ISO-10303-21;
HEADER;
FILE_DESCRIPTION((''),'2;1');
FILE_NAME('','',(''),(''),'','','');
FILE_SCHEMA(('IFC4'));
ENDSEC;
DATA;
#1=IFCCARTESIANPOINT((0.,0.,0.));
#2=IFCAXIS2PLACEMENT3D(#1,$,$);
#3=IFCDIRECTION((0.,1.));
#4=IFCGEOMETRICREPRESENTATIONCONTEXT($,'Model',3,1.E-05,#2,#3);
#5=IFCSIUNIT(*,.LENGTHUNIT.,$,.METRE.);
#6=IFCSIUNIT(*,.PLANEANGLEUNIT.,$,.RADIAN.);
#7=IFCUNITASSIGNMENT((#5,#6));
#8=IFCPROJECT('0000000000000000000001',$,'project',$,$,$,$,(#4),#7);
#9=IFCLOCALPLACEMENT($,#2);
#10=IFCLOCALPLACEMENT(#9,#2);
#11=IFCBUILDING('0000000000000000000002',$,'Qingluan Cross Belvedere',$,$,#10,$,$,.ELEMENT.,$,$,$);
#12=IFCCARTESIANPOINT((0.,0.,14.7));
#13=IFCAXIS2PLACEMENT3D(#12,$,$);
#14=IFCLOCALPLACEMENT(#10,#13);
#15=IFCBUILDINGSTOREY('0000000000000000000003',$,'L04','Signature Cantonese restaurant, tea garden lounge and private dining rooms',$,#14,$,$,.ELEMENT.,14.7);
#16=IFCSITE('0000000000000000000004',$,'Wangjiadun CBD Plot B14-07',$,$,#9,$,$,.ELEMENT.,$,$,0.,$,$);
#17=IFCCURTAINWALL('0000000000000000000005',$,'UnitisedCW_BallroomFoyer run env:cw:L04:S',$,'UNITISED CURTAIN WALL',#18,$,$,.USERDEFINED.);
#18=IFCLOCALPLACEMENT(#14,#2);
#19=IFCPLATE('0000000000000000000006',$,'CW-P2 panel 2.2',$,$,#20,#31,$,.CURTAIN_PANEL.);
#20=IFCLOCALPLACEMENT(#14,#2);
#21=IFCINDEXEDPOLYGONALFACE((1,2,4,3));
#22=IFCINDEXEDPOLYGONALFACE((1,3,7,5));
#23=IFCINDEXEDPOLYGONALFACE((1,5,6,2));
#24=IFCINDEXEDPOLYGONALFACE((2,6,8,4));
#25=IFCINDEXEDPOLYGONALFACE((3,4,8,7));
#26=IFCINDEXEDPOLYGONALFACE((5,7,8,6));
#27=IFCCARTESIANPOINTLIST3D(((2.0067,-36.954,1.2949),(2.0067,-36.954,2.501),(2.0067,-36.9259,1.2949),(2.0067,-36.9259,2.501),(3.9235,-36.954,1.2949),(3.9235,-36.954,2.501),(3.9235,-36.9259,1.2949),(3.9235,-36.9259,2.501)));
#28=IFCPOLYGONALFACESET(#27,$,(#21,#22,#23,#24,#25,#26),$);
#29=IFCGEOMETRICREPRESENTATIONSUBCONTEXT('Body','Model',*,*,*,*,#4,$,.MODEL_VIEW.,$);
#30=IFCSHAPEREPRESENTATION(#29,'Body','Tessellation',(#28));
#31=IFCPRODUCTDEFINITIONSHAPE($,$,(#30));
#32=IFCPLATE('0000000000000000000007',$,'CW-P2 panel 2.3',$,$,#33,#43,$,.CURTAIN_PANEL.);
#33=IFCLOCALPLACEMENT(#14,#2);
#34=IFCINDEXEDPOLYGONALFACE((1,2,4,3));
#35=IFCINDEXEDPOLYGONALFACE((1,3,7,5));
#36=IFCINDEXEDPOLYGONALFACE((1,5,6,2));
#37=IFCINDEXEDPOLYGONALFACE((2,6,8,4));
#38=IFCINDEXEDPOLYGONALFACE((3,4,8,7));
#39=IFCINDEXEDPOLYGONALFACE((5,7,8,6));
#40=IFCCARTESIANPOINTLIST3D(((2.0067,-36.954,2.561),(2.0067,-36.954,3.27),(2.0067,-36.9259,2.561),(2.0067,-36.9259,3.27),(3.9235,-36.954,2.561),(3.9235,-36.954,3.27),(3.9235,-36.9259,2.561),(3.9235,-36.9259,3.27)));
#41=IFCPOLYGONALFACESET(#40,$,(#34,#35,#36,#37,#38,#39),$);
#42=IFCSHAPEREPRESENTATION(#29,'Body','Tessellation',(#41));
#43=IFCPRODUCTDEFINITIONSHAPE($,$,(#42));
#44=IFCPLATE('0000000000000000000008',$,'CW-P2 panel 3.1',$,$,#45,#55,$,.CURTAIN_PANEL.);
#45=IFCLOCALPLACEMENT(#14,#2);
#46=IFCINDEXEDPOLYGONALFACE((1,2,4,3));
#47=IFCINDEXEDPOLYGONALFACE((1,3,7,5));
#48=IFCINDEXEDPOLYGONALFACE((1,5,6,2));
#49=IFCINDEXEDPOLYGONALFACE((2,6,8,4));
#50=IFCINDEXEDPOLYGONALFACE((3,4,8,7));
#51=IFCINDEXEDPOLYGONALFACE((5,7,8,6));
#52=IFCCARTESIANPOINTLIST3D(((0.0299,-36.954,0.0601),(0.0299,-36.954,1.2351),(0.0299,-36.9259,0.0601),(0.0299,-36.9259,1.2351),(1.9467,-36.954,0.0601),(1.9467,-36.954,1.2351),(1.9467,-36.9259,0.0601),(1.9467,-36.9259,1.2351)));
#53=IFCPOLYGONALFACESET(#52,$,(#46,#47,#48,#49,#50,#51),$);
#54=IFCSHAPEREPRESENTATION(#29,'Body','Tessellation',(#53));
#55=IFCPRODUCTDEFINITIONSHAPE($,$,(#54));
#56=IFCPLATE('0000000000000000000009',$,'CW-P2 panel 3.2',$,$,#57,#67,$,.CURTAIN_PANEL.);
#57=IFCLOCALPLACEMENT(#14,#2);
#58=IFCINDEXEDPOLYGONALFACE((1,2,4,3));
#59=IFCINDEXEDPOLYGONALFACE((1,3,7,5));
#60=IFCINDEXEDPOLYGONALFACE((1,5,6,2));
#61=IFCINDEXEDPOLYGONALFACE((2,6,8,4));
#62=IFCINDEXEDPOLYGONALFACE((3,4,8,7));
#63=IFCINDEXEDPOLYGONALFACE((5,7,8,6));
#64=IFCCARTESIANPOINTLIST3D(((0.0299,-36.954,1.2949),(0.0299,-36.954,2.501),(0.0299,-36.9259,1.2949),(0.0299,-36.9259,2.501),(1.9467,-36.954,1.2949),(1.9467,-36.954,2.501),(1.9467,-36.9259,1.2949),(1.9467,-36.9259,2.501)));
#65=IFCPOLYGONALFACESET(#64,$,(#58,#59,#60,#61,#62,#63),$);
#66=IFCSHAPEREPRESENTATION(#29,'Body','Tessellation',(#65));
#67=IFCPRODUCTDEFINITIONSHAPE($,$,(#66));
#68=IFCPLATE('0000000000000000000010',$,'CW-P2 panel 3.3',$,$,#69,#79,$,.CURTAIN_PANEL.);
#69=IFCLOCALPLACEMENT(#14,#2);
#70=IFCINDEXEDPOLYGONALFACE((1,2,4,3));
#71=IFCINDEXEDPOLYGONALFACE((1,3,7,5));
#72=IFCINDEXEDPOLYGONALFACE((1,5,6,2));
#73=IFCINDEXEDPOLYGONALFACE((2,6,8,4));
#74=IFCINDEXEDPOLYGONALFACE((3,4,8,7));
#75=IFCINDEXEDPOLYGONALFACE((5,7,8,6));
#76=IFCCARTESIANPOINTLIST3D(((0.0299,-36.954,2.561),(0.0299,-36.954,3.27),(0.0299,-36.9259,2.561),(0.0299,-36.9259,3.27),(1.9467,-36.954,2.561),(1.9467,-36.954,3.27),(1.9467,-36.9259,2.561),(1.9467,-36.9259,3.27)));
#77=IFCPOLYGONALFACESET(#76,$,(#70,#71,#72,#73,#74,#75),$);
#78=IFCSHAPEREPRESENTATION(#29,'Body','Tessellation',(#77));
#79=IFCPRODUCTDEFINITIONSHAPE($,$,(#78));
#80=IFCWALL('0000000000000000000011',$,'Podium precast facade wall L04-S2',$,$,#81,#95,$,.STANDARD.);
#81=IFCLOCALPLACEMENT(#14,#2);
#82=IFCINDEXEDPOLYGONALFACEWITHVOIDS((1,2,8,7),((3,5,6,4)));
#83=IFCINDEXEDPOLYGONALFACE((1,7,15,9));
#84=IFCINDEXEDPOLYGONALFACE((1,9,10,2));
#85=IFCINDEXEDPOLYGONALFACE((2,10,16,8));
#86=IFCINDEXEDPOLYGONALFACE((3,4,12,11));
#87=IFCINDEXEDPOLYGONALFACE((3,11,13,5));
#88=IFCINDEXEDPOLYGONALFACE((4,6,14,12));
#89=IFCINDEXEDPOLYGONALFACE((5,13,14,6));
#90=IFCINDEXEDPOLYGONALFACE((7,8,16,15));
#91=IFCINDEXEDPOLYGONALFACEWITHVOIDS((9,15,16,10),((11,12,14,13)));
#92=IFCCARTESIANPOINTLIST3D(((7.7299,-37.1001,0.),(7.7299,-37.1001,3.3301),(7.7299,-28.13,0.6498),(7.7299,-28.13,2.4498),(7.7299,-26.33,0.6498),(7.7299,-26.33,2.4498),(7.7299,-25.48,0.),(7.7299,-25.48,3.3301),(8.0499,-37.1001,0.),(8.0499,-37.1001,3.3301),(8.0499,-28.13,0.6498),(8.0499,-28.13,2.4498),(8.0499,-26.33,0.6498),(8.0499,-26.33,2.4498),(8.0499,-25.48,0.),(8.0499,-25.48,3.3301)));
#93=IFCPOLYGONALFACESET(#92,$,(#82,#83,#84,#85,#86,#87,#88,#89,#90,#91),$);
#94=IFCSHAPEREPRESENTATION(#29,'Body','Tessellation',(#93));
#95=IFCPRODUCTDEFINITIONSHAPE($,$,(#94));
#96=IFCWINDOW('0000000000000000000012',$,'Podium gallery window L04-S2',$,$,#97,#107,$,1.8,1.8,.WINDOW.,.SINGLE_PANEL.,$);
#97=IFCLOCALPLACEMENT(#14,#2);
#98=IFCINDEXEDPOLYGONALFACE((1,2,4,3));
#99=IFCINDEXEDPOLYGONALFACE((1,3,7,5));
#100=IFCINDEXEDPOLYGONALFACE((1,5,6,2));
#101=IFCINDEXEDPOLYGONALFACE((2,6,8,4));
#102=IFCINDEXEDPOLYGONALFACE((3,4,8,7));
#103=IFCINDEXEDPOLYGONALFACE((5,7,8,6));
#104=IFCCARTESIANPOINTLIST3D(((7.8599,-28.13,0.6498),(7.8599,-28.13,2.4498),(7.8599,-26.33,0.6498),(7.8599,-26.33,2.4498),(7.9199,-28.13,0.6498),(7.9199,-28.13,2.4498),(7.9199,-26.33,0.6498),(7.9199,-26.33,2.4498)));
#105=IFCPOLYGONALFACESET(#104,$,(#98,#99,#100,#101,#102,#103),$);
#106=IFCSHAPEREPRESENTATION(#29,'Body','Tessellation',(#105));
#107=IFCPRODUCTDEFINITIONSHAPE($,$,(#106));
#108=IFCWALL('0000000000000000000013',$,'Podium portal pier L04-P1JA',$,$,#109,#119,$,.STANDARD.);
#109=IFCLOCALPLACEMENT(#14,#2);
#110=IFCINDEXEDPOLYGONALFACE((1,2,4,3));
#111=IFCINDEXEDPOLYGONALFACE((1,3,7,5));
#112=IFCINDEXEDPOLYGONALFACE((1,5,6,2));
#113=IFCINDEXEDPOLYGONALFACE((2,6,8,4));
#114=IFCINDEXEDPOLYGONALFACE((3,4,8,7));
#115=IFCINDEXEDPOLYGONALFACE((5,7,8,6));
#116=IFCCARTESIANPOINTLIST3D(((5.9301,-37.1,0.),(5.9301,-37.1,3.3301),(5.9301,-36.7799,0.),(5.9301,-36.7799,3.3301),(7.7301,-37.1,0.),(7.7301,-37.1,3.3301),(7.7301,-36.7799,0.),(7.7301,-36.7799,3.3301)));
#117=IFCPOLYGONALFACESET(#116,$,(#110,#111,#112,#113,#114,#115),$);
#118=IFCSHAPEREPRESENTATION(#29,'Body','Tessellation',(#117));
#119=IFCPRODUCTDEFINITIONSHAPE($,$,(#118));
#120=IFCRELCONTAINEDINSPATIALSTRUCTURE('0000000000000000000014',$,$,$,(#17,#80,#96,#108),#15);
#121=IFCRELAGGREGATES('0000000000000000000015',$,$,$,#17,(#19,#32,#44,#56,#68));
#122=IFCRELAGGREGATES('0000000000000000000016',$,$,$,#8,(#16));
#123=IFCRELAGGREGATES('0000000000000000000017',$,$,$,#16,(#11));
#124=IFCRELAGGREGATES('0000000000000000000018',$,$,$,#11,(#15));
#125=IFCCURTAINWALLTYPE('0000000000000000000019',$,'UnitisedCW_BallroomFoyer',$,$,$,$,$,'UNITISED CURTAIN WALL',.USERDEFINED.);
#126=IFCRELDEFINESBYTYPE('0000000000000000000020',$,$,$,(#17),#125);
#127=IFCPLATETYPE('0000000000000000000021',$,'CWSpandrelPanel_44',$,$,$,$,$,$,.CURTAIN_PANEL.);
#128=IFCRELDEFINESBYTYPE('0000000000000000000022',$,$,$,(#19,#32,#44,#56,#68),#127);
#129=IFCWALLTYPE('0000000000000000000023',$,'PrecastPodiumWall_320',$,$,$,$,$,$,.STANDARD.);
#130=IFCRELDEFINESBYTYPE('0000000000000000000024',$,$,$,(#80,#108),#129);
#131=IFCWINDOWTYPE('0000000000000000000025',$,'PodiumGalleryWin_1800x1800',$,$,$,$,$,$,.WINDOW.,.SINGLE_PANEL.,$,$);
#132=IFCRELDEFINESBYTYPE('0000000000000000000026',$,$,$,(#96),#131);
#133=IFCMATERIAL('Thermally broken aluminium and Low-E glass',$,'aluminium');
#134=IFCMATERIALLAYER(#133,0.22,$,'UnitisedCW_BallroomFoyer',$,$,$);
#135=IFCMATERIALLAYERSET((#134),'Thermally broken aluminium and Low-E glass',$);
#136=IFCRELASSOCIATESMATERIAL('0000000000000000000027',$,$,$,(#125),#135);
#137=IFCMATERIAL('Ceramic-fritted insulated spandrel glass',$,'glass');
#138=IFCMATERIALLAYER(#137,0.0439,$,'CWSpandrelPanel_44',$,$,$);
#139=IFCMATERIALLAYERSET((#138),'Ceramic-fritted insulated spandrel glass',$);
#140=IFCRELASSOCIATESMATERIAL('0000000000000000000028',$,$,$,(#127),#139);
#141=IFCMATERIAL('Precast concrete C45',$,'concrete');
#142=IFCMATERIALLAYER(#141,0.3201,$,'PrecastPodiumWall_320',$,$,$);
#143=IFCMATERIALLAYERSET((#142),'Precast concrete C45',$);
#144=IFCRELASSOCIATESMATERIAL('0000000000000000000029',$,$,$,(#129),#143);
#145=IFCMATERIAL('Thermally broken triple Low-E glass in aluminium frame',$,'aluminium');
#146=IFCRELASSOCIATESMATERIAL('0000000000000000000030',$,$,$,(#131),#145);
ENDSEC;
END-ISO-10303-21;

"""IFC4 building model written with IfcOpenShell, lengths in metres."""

from ifc_helpers import new_model, si_unit, direction, frame, frame_2d, origin, origin_2d, place, context, subcontext, project, spatial, rectangle, extrude, material, layer, layer_set, type_object, element, fill, aggregate, save


model = new_model("IFC4")

# Units and contexts
model_context = context("Model", 3, precision=1e-05, world=origin(), true_north=direction((0.0, 1.0)))
body_context = subcontext(model_context, "Body", "Model", "MODEL_VIEW")
ifc_project = project(units=[si_unit("LENGTHUNIT", "METRE"), si_unit("PLANEANGLEUNIT", "RADIAN")], contexts=[model_context])

# Site, building, storey
site_placement = place(None, origin())
site = spatial("IfcSite", under=ifc_project, at=site_placement, Name="Wangjiadun CBD Plot B14-07", CompositionType="ELEMENT", RefElevation=0.0)
building_placement = place(site_placement, origin())
building = spatial("IfcBuilding", under=site, at=building_placement, Name="Qingluan Cross Belvedere", CompositionType="ELEMENT")
storey_placement = place(building_placement, frame((0.0, 0.0, 14.7)))
storey = spatial("IfcBuildingStorey", under=building, at=storey_placement, Name="L04", Description="Signature Cantonese restaurant, tea garden lounge and private dining rooms", CompositionType="ELEMENT", Elevation=14.7)

# Curtain wall, plates
ifc_material_1 = material(Name="Thermally broken aluminium and Low-E glass", Category="aluminium")
ifc_layer_1 = layer(ifc_material_1, 0.22, Name="UnitisedCW_BallroomFoyer")
ifc_layer_set_1 = layer_set([ifc_layer_1], Name="Thermally broken aluminium and Low-E glass")
curtain_wall_type = type_object("IfcCurtainWallType", Name="UnitisedCW_BallroomFoyer", ElementType="UNITISED CURTAIN WALL", PredefinedType="USERDEFINED", material=ifc_layer_set_1)
curtain_wall_placement = place(storey_placement, origin())
curtain_wall = element("IfcCurtainWall", 1, at=curtain_wall_placement, inside=storey, type_object=curtain_wall_type, Name="UnitisedCW_BallroomFoyer run env:cw:L04:S", ObjectType="UNITISED CURTAIN WALL", PredefinedType="USERDEFINED")
ifc_material_2 = material(Name="Ceramic-fritted insulated spandrel glass", Category="glass")
ifc_layer_2 = layer(ifc_material_2, 0.0439, Name="CWSpandrelPanel_44")
ifc_layer_set_2 = layer_set([ifc_layer_2], Name="Ceramic-fritted insulated spandrel glass")
plate_type = type_object("IfcPlateType", Name="CWSpandrelPanel_44", PredefinedType="CURTAIN_PANEL", material=ifc_layer_set_2)
plate_1_placement = place(storey_placement, frame((2.9651, -36.9399, 1.2949), z_axis=(0.0, 0.0, 1.0), x_axis=(-1.0, 0.0, 0.0)))
plate_1 = element("IfcPlate", 2, at=plate_1_placement, type_object=plate_type, Name="CW-P2 panel 2.2", PredefinedType="CURTAIN_PANEL", context=body_context, shape_type="SweptSolid", body=[
    extrude(rectangle(XDim=1.9167, YDim=0.0281, at=origin_2d()), origin(), (0.0, 0.0, 1.0), 1.2061),
])
plate_2_placement = place(storey_placement, frame((2.9651, -36.9399, 2.561), z_axis=(0.0, 0.0, 1.0), x_axis=(-1.0, 0.0, 0.0)))
plate_2 = element("IfcPlate", 3, at=plate_2_placement, type_object=plate_type, Name="CW-P2 panel 2.3", PredefinedType="CURTAIN_PANEL", context=body_context, shape_type="SweptSolid", body=[
    extrude(rectangle(XDim=1.9167, YDim=0.0281, at=origin_2d()), origin(), (0.0, 0.0, 1.0), 0.709),
])
plate_3_placement = place(storey_placement, frame((0.9883, -36.9399, 0.0601), z_axis=(0.0, 0.0, 1.0), x_axis=(-1.0, 0.0, 0.0)))
plate_3 = element("IfcPlate", 4, at=plate_3_placement, type_object=plate_type, Name="CW-P2 panel 3.1", PredefinedType="CURTAIN_PANEL", context=body_context, shape_type="SweptSolid", body=[
    extrude(rectangle(XDim=1.9167, YDim=0.0281, at=origin_2d()), origin(), (0.0, 0.0, 1.0), 1.175),
])
plate_4_placement = place(storey_placement, frame((0.9883, -36.9399, 1.2949), z_axis=(0.0, 0.0, 1.0), x_axis=(-1.0, 0.0, 0.0)))
plate_4 = element("IfcPlate", 5, at=plate_4_placement, type_object=plate_type, Name="CW-P2 panel 3.2", PredefinedType="CURTAIN_PANEL", context=body_context, shape_type="SweptSolid", body=[
    extrude(rectangle(XDim=1.9167, YDim=0.0281, at=origin_2d()), origin(), (0.0, 0.0, 1.0), 1.2061),
])
plate_5_placement = place(storey_placement, frame((0.9883, -36.9399, 2.561), z_axis=(0.0, 0.0, 1.0), x_axis=(-1.0, 0.0, 0.0)))
plate_5 = element("IfcPlate", 6, at=plate_5_placement, type_object=plate_type, Name="CW-P2 panel 3.3", PredefinedType="CURTAIN_PANEL", context=body_context, shape_type="SweptSolid", body=[
    extrude(rectangle(XDim=1.9167, YDim=0.0281, at=origin_2d()), origin(), (0.0, 0.0, 1.0), 0.709),
])
aggregate(curtain_wall, [plate_1, plate_2, plate_3, plate_4, plate_5])

# Wall, opening, window
ifc_material_3 = material(Name="Precast concrete C45", Category="concrete")
ifc_layer_3 = layer(ifc_material_3, 0.3201, Name="PrecastPodiumWall_320")
ifc_layer_set_3 = layer_set([ifc_layer_3], Name="Precast concrete C45")
wall_type = type_object("IfcWallType", Name="PrecastPodiumWall_320", PredefinedType="STANDARD", material=ifc_layer_set_3)
wall_1_placement = place(storey_placement, frame((7.8899, -25.48, 0.0), z_axis=(0.0, 0.0, 1.0), x_axis=(0.0, -1.0, 0.0)))
wall_1 = element("IfcWall", 7, at=wall_1_placement, inside=storey, type_object=wall_type, Name="Podium precast facade wall L04-S2", PredefinedType="STANDARD", context=body_context, shape_type="SweptSolid", body=[
    extrude(rectangle(XDim=11.6201, YDim=0.3201, at=frame_2d((5.8101, 0.0))), origin(), (0.0, 0.0, 1.0), 3.3301),
])
opening_placement = place(wall_1_placement, frame((0.8501, 0.0, 0.6499)))
opening = element("IfcOpeningElement", 8, at=opening_placement, cuts=wall_1, PredefinedType="OPENING", context=body_context, shape_type="SweptSolid", body=[
    extrude(rectangle(XDim=1.8, YDim=1.8, at=frame_2d((0.8999, 0.8999))), frame((0.0, 0.1699, 0.0), z_axis=(0.0, -1.0, 0.0), x_axis=(1.0, 0.0, 0.0)), (0.0, 0.0, 1.0), 0.3401),
])
ifc_material_4 = material(Name="Thermally broken triple Low-E glass in aluminium frame", Category="aluminium")
window_type = type_object("IfcWindowType", Name="PodiumGalleryWin_1800x1800", PartitioningType="SINGLE_PANEL", PredefinedType="WINDOW", material=ifc_material_4)
window_placement = place(opening_placement, origin())
window = element("IfcWindow", 9, at=window_placement, inside=storey, type_object=window_type, Name="Podium gallery window L04-S2", OverallHeight=1.8, OverallWidth=1.8, PartitioningType="SINGLE_PANEL", PredefinedType="WINDOW", context=body_context, shape_type="SweptSolid", body=[
    extrude(rectangle(XDim=1.8, YDim=1.8, at=frame_2d((0.8999, 0.8999))), frame((0.0, 0.03, 0.0), z_axis=(0.0, -1.0, 0.0), x_axis=(1.0, 0.0, 0.0)), (0.0, 0.0, 1.0), 0.0601),
])
fill(opening, window)

# Wall
wall_2_placement = place(storey_placement, frame((7.73, -36.9399, 0.0), z_axis=(0.0, 0.0, 1.0), x_axis=(-1.0, 0.0, 0.0)))
element("IfcWall", 10, at=wall_2_placement, inside=storey, type_object=wall_type, Name="Podium portal pier L04-P1JA", PredefinedType="STANDARD", context=body_context, shape_type="SweptSolid", body=[
    extrude(rectangle(XDim=1.8, YDim=0.3201, at=frame_2d((0.8999, 0.0))), origin(), (0.0, 0.0, 1.0), 3.3301),
])

save(model, "model.ifc")
